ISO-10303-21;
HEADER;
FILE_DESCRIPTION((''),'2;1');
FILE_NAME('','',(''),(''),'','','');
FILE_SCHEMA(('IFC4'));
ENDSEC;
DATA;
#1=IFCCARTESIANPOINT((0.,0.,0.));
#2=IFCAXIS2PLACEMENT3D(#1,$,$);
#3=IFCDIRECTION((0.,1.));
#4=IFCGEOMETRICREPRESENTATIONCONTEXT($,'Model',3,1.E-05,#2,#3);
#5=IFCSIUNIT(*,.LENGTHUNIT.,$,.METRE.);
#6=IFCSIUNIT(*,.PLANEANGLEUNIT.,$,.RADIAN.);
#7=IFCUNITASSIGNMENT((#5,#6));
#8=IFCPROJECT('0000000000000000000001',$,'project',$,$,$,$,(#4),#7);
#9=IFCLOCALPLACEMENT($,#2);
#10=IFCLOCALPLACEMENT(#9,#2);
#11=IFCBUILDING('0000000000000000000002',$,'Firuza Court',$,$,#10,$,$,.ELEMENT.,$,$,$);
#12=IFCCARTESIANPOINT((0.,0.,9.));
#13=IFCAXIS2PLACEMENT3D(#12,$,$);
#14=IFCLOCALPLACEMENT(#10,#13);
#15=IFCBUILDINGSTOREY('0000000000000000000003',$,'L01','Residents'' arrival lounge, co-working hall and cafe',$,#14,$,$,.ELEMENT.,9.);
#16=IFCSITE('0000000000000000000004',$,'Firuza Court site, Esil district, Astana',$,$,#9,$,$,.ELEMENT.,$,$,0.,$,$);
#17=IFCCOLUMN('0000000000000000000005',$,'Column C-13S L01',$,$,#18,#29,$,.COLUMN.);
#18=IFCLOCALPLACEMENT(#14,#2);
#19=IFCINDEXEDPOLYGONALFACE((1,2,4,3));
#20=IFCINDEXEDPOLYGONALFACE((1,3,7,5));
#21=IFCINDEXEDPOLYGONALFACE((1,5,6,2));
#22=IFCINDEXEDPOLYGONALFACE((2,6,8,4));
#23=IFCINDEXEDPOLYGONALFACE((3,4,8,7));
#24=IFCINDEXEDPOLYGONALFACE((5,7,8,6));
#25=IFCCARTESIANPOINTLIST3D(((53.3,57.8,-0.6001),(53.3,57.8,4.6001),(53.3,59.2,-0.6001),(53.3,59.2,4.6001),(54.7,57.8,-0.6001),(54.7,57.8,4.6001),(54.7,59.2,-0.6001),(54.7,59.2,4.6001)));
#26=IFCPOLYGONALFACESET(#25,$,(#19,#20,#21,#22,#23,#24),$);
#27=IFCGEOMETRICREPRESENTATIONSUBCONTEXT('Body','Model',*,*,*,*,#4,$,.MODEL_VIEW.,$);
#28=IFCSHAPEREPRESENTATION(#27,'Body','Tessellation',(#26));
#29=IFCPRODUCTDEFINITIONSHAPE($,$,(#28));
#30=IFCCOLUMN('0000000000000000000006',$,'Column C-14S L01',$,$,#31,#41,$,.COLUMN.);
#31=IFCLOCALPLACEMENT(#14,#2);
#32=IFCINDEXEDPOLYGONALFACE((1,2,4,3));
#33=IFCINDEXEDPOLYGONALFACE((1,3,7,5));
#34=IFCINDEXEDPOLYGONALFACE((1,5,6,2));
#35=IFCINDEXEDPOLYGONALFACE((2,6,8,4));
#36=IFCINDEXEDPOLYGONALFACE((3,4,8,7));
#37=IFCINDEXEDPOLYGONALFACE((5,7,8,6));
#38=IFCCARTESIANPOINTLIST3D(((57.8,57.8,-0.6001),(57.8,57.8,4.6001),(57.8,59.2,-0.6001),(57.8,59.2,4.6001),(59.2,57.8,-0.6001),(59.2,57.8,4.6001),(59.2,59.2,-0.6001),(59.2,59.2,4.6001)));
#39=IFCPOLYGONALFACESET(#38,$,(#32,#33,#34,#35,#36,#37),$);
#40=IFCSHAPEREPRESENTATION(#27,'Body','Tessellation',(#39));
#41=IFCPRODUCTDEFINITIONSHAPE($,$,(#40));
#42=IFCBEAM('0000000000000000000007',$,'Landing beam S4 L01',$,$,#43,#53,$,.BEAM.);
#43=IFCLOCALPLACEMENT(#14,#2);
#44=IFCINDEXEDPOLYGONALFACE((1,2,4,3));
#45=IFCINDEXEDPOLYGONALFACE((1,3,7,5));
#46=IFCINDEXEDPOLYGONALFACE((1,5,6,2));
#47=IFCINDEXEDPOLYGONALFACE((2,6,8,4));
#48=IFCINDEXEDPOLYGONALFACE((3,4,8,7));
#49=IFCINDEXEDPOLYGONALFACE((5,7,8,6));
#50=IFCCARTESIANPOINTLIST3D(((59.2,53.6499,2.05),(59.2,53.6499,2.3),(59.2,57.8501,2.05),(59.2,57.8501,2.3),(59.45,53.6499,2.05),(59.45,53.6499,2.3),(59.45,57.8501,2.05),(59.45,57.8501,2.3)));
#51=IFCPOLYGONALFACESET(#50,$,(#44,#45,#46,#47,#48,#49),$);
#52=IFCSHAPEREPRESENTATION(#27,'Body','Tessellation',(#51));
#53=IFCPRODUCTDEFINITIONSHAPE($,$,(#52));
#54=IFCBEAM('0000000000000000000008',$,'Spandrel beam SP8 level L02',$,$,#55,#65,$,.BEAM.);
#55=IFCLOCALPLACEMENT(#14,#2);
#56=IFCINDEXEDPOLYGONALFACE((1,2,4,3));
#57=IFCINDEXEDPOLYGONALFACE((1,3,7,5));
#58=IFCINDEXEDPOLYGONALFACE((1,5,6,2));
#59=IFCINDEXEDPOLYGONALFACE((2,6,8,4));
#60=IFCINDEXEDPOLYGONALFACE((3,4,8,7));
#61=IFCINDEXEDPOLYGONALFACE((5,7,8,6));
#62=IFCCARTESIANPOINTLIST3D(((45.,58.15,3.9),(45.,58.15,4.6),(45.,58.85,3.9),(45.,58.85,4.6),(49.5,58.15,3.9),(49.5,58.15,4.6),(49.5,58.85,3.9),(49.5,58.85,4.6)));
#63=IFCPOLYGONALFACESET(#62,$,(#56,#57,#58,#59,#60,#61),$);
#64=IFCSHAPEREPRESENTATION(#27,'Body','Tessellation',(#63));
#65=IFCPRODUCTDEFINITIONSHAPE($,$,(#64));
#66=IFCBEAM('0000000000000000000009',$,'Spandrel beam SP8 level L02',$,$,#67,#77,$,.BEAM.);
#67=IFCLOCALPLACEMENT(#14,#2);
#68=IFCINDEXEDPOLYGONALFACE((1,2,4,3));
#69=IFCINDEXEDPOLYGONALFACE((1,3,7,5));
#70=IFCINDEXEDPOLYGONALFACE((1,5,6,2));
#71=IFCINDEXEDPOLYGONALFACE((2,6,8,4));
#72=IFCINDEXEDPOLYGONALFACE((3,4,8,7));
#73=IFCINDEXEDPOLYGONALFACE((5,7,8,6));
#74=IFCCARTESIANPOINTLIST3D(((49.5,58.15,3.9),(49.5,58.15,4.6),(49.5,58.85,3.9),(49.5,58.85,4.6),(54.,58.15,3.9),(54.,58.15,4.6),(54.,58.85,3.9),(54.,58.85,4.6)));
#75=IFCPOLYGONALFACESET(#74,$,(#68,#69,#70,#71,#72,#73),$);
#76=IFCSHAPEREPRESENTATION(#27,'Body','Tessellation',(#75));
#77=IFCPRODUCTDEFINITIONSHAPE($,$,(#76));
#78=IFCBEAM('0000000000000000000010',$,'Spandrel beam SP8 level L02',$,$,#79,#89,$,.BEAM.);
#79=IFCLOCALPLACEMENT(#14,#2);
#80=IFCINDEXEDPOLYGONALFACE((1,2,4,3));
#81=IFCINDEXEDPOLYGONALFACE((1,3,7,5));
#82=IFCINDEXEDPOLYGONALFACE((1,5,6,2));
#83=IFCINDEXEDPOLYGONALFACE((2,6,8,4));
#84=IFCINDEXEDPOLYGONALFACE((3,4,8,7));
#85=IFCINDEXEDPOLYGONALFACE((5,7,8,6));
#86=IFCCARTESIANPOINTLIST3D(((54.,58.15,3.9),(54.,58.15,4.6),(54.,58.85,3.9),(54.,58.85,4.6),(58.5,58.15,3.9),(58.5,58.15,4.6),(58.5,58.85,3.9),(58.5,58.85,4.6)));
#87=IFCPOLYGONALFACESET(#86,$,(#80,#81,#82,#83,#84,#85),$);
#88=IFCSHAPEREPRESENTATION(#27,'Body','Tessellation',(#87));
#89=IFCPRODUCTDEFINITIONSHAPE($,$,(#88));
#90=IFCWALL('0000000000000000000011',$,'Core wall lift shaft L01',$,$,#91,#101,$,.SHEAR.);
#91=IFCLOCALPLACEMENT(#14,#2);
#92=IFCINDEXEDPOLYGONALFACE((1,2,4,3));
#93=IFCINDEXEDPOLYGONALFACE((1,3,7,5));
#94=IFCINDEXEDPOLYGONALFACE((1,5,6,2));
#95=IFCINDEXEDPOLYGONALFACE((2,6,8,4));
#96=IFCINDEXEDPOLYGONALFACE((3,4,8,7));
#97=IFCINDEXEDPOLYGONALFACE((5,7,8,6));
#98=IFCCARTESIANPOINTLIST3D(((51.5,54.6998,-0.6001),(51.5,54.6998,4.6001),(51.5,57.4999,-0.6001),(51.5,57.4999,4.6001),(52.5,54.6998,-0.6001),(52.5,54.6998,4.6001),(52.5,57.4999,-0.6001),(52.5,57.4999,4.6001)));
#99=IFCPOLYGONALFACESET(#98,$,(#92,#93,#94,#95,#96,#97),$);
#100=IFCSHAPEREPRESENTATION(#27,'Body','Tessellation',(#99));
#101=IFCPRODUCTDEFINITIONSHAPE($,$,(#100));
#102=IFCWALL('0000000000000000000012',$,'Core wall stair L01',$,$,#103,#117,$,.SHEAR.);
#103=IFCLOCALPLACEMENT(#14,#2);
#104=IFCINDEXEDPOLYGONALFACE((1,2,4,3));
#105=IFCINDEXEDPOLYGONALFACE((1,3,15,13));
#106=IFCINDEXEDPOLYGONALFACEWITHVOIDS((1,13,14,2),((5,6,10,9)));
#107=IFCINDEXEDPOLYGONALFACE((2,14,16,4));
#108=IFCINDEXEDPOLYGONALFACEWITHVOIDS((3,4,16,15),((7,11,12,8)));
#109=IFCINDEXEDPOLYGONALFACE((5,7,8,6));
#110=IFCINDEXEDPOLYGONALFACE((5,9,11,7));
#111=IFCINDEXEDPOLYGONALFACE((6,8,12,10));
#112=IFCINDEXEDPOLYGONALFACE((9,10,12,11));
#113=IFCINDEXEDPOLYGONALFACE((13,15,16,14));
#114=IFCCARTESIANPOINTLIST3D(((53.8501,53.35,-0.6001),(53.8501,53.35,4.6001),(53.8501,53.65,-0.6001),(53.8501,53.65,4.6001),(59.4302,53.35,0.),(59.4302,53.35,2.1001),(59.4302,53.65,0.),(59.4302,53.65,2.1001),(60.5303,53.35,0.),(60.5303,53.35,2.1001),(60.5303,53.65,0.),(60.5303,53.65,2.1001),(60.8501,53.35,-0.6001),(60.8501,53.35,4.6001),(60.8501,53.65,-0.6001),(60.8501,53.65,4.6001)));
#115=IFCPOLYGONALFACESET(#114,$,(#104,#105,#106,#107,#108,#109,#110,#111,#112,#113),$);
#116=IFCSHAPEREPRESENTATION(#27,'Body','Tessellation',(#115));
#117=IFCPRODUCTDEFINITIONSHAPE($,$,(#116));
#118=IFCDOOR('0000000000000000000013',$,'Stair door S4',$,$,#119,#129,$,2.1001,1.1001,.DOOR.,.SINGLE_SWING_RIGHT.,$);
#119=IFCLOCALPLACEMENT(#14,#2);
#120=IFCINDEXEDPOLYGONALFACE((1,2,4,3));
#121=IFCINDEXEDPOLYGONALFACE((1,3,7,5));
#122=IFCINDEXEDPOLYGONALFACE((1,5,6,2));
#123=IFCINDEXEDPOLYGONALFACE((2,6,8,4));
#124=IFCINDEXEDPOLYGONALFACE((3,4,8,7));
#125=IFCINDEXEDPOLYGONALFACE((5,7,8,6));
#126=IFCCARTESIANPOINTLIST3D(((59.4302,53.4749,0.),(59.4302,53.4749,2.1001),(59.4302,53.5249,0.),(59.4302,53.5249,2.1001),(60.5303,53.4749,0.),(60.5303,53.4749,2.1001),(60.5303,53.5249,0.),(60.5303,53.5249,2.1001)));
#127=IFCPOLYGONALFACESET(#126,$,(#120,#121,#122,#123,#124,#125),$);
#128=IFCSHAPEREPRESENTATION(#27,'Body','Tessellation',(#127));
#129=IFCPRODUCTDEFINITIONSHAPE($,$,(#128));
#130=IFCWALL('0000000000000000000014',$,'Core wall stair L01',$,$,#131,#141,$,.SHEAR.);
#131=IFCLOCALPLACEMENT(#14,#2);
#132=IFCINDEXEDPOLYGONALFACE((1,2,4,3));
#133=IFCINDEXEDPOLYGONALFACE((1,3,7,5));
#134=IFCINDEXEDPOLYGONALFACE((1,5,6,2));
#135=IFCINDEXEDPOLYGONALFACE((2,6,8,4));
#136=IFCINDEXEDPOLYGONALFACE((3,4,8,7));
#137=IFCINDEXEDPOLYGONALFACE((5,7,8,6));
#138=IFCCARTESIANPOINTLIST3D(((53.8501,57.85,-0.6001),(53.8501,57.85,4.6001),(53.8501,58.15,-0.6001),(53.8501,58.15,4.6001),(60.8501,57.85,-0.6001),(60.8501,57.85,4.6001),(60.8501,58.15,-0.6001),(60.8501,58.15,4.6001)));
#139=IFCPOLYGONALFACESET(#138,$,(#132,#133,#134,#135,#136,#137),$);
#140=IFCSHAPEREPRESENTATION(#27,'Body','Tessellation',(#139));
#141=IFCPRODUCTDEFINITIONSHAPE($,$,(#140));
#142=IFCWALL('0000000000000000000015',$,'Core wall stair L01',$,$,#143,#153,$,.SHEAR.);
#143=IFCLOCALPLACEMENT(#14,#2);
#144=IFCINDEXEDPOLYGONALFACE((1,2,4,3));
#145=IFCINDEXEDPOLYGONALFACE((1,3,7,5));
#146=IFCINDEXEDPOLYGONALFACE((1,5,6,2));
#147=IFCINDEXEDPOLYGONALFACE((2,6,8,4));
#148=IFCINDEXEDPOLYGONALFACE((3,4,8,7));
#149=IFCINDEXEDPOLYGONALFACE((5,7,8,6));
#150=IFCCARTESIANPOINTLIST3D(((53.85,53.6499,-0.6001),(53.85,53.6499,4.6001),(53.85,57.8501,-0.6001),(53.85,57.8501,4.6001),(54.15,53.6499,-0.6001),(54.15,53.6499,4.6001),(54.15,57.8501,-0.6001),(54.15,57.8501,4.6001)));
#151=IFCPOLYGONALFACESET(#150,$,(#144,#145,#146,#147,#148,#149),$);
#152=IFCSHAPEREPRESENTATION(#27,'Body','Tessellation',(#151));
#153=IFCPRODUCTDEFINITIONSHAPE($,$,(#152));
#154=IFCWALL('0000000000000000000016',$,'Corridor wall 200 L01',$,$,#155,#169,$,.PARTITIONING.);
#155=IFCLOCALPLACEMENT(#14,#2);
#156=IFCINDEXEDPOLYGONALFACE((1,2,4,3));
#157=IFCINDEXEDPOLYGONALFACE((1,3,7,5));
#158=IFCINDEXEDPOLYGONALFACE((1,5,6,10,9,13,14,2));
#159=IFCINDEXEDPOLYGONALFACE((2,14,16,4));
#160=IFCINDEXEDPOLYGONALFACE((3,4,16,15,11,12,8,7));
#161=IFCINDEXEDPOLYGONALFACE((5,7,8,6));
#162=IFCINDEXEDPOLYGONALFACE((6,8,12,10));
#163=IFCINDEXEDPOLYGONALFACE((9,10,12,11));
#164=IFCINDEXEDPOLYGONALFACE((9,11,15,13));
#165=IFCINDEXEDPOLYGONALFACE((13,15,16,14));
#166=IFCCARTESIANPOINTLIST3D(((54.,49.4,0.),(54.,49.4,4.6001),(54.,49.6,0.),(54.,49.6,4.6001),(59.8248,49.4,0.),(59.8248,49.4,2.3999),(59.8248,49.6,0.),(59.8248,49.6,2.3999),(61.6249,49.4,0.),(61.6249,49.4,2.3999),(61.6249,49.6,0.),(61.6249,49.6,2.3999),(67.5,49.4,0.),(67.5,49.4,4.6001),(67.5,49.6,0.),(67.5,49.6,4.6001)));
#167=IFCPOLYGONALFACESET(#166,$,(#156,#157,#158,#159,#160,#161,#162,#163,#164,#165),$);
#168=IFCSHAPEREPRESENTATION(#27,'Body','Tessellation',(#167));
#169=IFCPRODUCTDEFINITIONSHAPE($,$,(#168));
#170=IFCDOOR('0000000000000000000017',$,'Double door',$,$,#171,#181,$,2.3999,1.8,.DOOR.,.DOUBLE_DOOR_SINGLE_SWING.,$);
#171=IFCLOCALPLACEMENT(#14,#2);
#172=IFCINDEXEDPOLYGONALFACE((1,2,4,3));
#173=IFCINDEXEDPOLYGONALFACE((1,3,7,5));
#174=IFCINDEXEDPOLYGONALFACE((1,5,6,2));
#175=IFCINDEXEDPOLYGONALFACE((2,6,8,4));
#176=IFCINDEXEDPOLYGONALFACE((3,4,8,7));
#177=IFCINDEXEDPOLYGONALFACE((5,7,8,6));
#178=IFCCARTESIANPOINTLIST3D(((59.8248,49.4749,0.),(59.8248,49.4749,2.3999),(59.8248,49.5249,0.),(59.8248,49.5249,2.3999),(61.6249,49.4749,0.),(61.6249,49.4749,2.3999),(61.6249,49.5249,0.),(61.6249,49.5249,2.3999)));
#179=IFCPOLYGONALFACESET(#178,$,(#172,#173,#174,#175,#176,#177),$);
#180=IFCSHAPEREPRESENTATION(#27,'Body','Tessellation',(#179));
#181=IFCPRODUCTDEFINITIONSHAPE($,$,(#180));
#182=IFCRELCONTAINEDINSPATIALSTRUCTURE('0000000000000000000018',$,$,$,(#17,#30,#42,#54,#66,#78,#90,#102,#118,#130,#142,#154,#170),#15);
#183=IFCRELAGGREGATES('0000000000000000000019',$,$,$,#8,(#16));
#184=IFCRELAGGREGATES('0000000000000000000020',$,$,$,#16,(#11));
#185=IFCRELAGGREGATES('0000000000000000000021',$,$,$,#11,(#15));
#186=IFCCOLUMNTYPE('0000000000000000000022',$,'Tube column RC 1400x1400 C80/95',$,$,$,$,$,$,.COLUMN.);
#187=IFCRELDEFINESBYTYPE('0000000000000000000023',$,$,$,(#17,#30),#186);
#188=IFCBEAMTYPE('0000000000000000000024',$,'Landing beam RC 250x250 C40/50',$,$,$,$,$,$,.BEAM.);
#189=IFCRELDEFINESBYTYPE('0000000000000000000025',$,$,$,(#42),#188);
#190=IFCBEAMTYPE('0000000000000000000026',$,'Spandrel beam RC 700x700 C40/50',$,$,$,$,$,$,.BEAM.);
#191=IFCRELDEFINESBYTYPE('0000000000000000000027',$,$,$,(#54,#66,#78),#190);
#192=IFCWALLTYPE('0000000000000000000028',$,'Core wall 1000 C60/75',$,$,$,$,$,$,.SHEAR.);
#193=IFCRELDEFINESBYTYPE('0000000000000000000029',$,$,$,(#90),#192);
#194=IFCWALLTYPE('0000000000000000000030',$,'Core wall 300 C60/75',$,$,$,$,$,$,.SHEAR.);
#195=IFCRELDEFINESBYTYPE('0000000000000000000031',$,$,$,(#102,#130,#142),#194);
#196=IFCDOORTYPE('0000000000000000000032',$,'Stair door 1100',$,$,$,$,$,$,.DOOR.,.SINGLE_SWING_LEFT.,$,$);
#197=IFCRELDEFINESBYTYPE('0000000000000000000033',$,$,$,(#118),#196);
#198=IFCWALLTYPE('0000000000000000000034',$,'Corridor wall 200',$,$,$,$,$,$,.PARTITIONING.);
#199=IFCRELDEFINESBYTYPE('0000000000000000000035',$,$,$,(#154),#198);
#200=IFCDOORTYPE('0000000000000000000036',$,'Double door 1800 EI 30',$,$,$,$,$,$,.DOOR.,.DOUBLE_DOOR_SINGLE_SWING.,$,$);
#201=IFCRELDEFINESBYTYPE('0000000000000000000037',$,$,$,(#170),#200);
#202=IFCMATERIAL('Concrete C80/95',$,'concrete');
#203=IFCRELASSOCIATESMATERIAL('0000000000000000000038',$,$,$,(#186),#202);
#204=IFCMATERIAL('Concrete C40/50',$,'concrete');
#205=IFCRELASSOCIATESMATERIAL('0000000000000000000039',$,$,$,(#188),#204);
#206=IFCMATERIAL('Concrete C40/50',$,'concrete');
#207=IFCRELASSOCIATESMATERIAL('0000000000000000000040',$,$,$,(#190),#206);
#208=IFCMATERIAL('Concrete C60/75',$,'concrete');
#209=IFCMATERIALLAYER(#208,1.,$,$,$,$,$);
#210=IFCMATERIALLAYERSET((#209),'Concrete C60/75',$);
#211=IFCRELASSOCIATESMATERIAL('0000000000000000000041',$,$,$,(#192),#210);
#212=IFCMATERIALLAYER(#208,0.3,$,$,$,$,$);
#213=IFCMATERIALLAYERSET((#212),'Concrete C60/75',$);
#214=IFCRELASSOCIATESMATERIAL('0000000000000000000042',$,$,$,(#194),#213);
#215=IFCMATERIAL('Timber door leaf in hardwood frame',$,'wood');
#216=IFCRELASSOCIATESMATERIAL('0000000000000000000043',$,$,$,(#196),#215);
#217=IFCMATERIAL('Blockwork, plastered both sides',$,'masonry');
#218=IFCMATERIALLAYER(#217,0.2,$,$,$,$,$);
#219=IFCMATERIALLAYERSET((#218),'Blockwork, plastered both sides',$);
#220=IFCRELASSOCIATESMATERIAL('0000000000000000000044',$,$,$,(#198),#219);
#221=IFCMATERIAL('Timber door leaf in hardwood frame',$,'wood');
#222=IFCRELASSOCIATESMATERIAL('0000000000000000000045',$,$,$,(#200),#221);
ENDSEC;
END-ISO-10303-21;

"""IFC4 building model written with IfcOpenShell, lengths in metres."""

from ifc_helpers import new_model, si_unit, direction, frame, frame_2d, origin, origin_2d, place, context, subcontext, project, spatial, rectangle, extrude, material, layer, layer_set, material_profile, profile_set, type_object, element, fill, save


model = new_model("IFC4")

# Units and contexts
model_context = context("Model", 3, precision=1e-05, world=origin(), true_north=direction((0.0, 1.0)))
body_context = subcontext(model_context, "Body", "Model", "MODEL_VIEW")
ifc_project = project(units=[si_unit("LENGTHUNIT", "METRE"), si_unit("PLANEANGLEUNIT", "RADIAN")], contexts=[model_context])

# Site, building, storey
site_placement = place(None, origin())
site = spatial("IfcSite", under=ifc_project, at=site_placement, Name="Firuza Court site, Esil district, Astana", CompositionType="ELEMENT", RefElevation=0.0)
building_placement = place(site_placement, origin())
building = spatial("IfcBuilding", under=site, at=building_placement, Name="Firuza Court", CompositionType="ELEMENT")
storey_placement = place(building_placement, frame((0.0, 0.0, 9.0)))
storey = spatial("IfcBuildingStorey", under=building, at=storey_placement, Name="L01", Description="Residents' arrival lounge, co-working hall and cafe", CompositionType="ELEMENT", Elevation=9.0)

# Columns
ifc_material_1 = material(Name="Concrete C80/95", Category="concrete")
ifc_material_profile_1 = material_profile(ifc_material_1, rectangle(XDim=1.3999, YDim=1.3999, at=origin_2d()), Name="RC 1400x1400")
ifc_profile_set_1 = profile_set([ifc_material_profile_1], Name="Concrete C80/95")
column_type = type_object("IfcColumnType", Name="Tube column RC 1400x1400 C80/95", PredefinedType="COLUMN", material=ifc_profile_set_1)
for number, where, z_axis, x_axis, name in (
    (1, (54.0, 58.5, -0.6001), (0.0, 0.0, 1.0), (1.0, 0.0, 0.0), "Column C-13S L01"),
    (2, (58.5, 58.5, -0.6001), (0.0, 0.0, 1.0), (1.0, 0.0, 0.0), "Column C-14S L01"),
):
    element("IfcColumn", number, at=place(storey_placement, frame(where, z_axis=z_axis, x_axis=x_axis)), inside=storey, type_object=column_type, Name=name, PredefinedType="COLUMN", context=body_context, shape_type="SweptSolid", body=[
        extrude(rectangle(XDim=1.3999, YDim=1.3999, at=origin_2d()), origin(), (0.0, 0.0, 1.0), 5.2002),
    ])

# Beams
ifc_material_2 = material(Name="Concrete C40/50", Category="concrete")
ifc_material_profile_2 = material_profile(ifc_material_2, rectangle(XDim=0.25, YDim=0.25, at=origin_2d()), Name="RC 250x250")
ifc_profile_set_2 = profile_set([ifc_material_profile_2], Name="Concrete C40/50")
beam_type_1 = type_object("IfcBeamType", Name="Landing beam RC 250x250 C40/50", PredefinedType="BEAM", material=ifc_profile_set_2)
beam_placement = place(storey_placement, frame((59.325, 53.6499, 2.175), z_axis=(0.0, 1.0, 0.0), x_axis=(-1.0, 0.0, 0.0)))
element("IfcBeam", 3, at=beam_placement, inside=storey, type_object=beam_type_1, Name="Landing beam S4 L01", PredefinedType="BEAM", context=body_context, shape_type="SweptSolid", body=[
    extrude(rectangle(XDim=0.25, YDim=0.25, at=origin_2d()), origin(), (0.0, 0.0, 1.0), 4.2002),
])
ifc_material_3 = material(Name="Concrete C40/50", Category="concrete")
ifc_material_profile_3 = material_profile(ifc_material_3, rectangle(XDim=0.7, YDim=0.7, at=origin_2d()), Name="RC 700x700")
ifc_profile_set_3 = profile_set([ifc_material_profile_3], Name="Concrete C40/50")
beam_type_2 = type_object("IfcBeamType", Name="Spandrel beam RC 700x700 C40/50", PredefinedType="BEAM", material=ifc_profile_set_3)
for number, where, z_axis, x_axis, name in (
    (4, (49.5, 58.5, 4.25), (-1.0, 0.0, 0.0), (0.0, -1.0, 0.0), "Spandrel beam SP8 level L02"),
    (5, (54.0, 58.5, 4.25), (-1.0, 0.0, 0.0), (0.0, -1.0, 0.0), "Spandrel beam SP8 level L02"),
    (6, (58.5, 58.5, 4.25), (-1.0, 0.0, 0.0), (0.0, -1.0, 0.0), "Spandrel beam SP8 level L02"),
):
    element("IfcBeam", number, at=place(storey_placement, frame(where, z_axis=z_axis, x_axis=x_axis)), inside=storey, type_object=beam_type_2, Name=name, PredefinedType="BEAM", context=body_context, shape_type="SweptSolid", body=[
        extrude(rectangle(XDim=0.7, YDim=0.7, at=origin_2d()), origin(), (0.0, 0.0, 1.0), 4.5),
    ])

# Wall
ifc_material_4 = material(Name="Concrete C60/75", Category="concrete")
ifc_layer_1 = layer(ifc_material_4, 1.0)
ifc_layer_set_1 = layer_set([ifc_layer_1], Name="Concrete C60/75")
wall_type_1 = type_object("IfcWallType", Name="Core wall 1000 C60/75", PredefinedType="SHEAR", material=ifc_layer_set_1)
wall_1_placement = place(storey_placement, frame((52.0, 54.7, -0.6001), z_axis=(0.0, 0.0, 1.0), x_axis=(0.0, 1.0, 0.0)))
element("IfcWall", 7, at=wall_1_placement, inside=storey, type_object=wall_type_1, Name="Core wall lift shaft L01", PredefinedType="SHEAR", context=body_context, shape_type="SweptSolid", body=[
    extrude(rectangle(XDim=2.8, YDim=1.0, at=frame_2d((1.3999, 0.0))), origin(), (0.0, 0.0, 1.0), 5.2002),
])

# Wall, opening, door
ifc_layer_2 = layer(ifc_material_4, 0.3)
ifc_layer_set_2 = layer_set([ifc_layer_2], Name="Concrete C60/75")
wall_type_2 = type_object("IfcWallType", Name="Core wall 300 C60/75", PredefinedType="SHEAR", material=ifc_layer_set_2)
wall_2_placement = place(storey_placement, frame((53.8501, 53.5, -0.6001), z_axis=(0.0, 0.0, 1.0), x_axis=(1.0, 0.0, 0.0)))
wall_2 = element("IfcWall", 8, at=wall_2_placement, inside=storey, type_object=wall_type_2, Name="Core wall stair L01", PredefinedType="SHEAR", context=body_context, shape_type="SweptSolid", body=[
    extrude(rectangle(XDim=7.0, YDim=0.3, at=frame_2d((3.5, 0.0))), origin(), (0.0, 0.0, 1.0), 5.2002),
])
opening_1_placement = place(wall_2_placement, frame((5.5801, 0.0, 0.6001)))
opening_1 = element("IfcOpeningElement", 9, at=opening_1_placement, cuts=wall_2, PredefinedType="OPENING", context=body_context, shape_type="SweptSolid", body=[
    extrude(rectangle(XDim=1.1001, YDim=2.1001, at=frame_2d((0.55, 1.05))), frame((0.0, 0.1621, 0.0), z_axis=(0.0, -1.0, 0.0), x_axis=(1.0, 0.0, 0.0)), (0.0, 0.0, 1.0), 0.324),
])
ifc_material_5 = material(Name="Timber door leaf in hardwood frame", Category="wood")
door_type_1 = type_object("IfcDoorType", Name="Stair door 1100", OperationType="SINGLE_SWING_LEFT", PredefinedType="DOOR", material=ifc_material_5)
door_1_placement = place(opening_1_placement, origin())
door_1 = element("IfcDoor", 10, at=door_1_placement, inside=storey, type_object=door_type_1, Name="Stair door S4", OperationType="SINGLE_SWING_RIGHT", OverallHeight=2.1001, OverallWidth=1.1001, PredefinedType="DOOR", context=body_context, shape_type="SweptSolid", body=[
    extrude(rectangle(XDim=1.1001, YDim=2.1001, at=frame_2d((0.55, 1.05))), frame((0.0, 0.0249, 0.0), z_axis=(0.0, -1.0, 0.0), x_axis=(1.0, 0.0, 0.0)), (0.0, 0.0, 1.0), 0.05),
])
fill(opening_1, door_1)

# Walls
wall_3_placement = place(storey_placement, frame((53.8501, 58.0, -0.6001), z_axis=(0.0, 0.0, 1.0), x_axis=(1.0, 0.0, 0.0)))
element("IfcWall", 11, at=wall_3_placement, inside=storey, type_object=wall_type_2, Name="Core wall stair L01", PredefinedType="SHEAR", context=body_context, shape_type="SweptSolid", body=[
    extrude(rectangle(XDim=7.0, YDim=0.3, at=frame_2d((3.5, 0.0))), origin(), (0.0, 0.0, 1.0), 5.2002),
])
wall_4_placement = place(storey_placement, frame((54.0, 53.6499, -0.6001), z_axis=(0.0, 0.0, 1.0), x_axis=(0.0, 1.0, 0.0)))
element("IfcWall", 12, at=wall_4_placement, inside=storey, type_object=wall_type_2, Name="Core wall stair L01", PredefinedType="SHEAR", context=body_context, shape_type="SweptSolid", body=[
    extrude(rectangle(XDim=4.2002, YDim=0.3, at=frame_2d((2.1001, 0.0))), origin(), (0.0, 0.0, 1.0), 5.2002),
])

# Wall, opening, door
ifc_material_6 = material(Name="Blockwork, plastered both sides", Category="masonry")
ifc_layer_3 = layer(ifc_material_6, 0.2)
ifc_layer_set_3 = layer_set([ifc_layer_3], Name="Blockwork, plastered both sides")
wall_type_3 = type_object("IfcWallType", Name="Corridor wall 200", PredefinedType="PARTITIONING", material=ifc_layer_set_3)
wall_5_placement = place(storey_placement, frame((54.0, 49.5, 0.0), z_axis=(0.0, 0.0, 1.0), x_axis=(1.0, 0.0, 0.0)))
wall_5 = element("IfcWall", 13, at=wall_5_placement, inside=storey, type_object=wall_type_3, Name="Corridor wall 200 L01", PredefinedType="PARTITIONING", context=body_context, shape_type="SweptSolid", body=[
    extrude(rectangle(XDim=13.5, YDim=0.2, at=frame_2d((6.75, 0.0))), origin(), (0.0, 0.0, 1.0), 4.6001),
])
opening_2_placement = place(wall_5_placement, frame((5.825, 0.0, 0.0)))
opening_2 = element("IfcOpeningElement", 14, at=opening_2_placement, cuts=wall_5, PredefinedType="OPENING", context=body_context, shape_type="SweptSolid", body=[
    extrude(rectangle(XDim=1.8, YDim=2.3999, at=frame_2d((0.8999, 1.2))), frame((0.0, 0.1118, 0.0), z_axis=(0.0, -1.0, 0.0), x_axis=(1.0, 0.0, 0.0)), (0.0, 0.0, 1.0), 0.2239),
])
ifc_material_7 = material(Name="Timber door leaf in hardwood frame", Category="wood")
door_type_2 = type_object("IfcDoorType", Name="Double door 1800 EI 30", OperationType="DOUBLE_DOOR_SINGLE_SWING", PredefinedType="DOOR", material=ifc_material_7)
door_2_placement = place(opening_2_placement, origin())
door_2 = element("IfcDoor", 15, at=door_2_placement, inside=storey, type_object=door_type_2, Name="Double door", OperationType="DOUBLE_DOOR_SINGLE_SWING", OverallHeight=2.3999, OverallWidth=1.8, PredefinedType="DOOR", context=body_context, shape_type="SweptSolid", body=[
    extrude(rectangle(XDim=1.8, YDim=2.3999, at=frame_2d((0.8999, 1.2))), frame((0.0, 0.0249, 0.0), z_axis=(0.0, -1.0, 0.0), x_axis=(1.0, 0.0, 0.0)), (0.0, 0.0, 1.0), 0.05),
])
fill(opening_2, door_2)

save(model, "model.ifc")
